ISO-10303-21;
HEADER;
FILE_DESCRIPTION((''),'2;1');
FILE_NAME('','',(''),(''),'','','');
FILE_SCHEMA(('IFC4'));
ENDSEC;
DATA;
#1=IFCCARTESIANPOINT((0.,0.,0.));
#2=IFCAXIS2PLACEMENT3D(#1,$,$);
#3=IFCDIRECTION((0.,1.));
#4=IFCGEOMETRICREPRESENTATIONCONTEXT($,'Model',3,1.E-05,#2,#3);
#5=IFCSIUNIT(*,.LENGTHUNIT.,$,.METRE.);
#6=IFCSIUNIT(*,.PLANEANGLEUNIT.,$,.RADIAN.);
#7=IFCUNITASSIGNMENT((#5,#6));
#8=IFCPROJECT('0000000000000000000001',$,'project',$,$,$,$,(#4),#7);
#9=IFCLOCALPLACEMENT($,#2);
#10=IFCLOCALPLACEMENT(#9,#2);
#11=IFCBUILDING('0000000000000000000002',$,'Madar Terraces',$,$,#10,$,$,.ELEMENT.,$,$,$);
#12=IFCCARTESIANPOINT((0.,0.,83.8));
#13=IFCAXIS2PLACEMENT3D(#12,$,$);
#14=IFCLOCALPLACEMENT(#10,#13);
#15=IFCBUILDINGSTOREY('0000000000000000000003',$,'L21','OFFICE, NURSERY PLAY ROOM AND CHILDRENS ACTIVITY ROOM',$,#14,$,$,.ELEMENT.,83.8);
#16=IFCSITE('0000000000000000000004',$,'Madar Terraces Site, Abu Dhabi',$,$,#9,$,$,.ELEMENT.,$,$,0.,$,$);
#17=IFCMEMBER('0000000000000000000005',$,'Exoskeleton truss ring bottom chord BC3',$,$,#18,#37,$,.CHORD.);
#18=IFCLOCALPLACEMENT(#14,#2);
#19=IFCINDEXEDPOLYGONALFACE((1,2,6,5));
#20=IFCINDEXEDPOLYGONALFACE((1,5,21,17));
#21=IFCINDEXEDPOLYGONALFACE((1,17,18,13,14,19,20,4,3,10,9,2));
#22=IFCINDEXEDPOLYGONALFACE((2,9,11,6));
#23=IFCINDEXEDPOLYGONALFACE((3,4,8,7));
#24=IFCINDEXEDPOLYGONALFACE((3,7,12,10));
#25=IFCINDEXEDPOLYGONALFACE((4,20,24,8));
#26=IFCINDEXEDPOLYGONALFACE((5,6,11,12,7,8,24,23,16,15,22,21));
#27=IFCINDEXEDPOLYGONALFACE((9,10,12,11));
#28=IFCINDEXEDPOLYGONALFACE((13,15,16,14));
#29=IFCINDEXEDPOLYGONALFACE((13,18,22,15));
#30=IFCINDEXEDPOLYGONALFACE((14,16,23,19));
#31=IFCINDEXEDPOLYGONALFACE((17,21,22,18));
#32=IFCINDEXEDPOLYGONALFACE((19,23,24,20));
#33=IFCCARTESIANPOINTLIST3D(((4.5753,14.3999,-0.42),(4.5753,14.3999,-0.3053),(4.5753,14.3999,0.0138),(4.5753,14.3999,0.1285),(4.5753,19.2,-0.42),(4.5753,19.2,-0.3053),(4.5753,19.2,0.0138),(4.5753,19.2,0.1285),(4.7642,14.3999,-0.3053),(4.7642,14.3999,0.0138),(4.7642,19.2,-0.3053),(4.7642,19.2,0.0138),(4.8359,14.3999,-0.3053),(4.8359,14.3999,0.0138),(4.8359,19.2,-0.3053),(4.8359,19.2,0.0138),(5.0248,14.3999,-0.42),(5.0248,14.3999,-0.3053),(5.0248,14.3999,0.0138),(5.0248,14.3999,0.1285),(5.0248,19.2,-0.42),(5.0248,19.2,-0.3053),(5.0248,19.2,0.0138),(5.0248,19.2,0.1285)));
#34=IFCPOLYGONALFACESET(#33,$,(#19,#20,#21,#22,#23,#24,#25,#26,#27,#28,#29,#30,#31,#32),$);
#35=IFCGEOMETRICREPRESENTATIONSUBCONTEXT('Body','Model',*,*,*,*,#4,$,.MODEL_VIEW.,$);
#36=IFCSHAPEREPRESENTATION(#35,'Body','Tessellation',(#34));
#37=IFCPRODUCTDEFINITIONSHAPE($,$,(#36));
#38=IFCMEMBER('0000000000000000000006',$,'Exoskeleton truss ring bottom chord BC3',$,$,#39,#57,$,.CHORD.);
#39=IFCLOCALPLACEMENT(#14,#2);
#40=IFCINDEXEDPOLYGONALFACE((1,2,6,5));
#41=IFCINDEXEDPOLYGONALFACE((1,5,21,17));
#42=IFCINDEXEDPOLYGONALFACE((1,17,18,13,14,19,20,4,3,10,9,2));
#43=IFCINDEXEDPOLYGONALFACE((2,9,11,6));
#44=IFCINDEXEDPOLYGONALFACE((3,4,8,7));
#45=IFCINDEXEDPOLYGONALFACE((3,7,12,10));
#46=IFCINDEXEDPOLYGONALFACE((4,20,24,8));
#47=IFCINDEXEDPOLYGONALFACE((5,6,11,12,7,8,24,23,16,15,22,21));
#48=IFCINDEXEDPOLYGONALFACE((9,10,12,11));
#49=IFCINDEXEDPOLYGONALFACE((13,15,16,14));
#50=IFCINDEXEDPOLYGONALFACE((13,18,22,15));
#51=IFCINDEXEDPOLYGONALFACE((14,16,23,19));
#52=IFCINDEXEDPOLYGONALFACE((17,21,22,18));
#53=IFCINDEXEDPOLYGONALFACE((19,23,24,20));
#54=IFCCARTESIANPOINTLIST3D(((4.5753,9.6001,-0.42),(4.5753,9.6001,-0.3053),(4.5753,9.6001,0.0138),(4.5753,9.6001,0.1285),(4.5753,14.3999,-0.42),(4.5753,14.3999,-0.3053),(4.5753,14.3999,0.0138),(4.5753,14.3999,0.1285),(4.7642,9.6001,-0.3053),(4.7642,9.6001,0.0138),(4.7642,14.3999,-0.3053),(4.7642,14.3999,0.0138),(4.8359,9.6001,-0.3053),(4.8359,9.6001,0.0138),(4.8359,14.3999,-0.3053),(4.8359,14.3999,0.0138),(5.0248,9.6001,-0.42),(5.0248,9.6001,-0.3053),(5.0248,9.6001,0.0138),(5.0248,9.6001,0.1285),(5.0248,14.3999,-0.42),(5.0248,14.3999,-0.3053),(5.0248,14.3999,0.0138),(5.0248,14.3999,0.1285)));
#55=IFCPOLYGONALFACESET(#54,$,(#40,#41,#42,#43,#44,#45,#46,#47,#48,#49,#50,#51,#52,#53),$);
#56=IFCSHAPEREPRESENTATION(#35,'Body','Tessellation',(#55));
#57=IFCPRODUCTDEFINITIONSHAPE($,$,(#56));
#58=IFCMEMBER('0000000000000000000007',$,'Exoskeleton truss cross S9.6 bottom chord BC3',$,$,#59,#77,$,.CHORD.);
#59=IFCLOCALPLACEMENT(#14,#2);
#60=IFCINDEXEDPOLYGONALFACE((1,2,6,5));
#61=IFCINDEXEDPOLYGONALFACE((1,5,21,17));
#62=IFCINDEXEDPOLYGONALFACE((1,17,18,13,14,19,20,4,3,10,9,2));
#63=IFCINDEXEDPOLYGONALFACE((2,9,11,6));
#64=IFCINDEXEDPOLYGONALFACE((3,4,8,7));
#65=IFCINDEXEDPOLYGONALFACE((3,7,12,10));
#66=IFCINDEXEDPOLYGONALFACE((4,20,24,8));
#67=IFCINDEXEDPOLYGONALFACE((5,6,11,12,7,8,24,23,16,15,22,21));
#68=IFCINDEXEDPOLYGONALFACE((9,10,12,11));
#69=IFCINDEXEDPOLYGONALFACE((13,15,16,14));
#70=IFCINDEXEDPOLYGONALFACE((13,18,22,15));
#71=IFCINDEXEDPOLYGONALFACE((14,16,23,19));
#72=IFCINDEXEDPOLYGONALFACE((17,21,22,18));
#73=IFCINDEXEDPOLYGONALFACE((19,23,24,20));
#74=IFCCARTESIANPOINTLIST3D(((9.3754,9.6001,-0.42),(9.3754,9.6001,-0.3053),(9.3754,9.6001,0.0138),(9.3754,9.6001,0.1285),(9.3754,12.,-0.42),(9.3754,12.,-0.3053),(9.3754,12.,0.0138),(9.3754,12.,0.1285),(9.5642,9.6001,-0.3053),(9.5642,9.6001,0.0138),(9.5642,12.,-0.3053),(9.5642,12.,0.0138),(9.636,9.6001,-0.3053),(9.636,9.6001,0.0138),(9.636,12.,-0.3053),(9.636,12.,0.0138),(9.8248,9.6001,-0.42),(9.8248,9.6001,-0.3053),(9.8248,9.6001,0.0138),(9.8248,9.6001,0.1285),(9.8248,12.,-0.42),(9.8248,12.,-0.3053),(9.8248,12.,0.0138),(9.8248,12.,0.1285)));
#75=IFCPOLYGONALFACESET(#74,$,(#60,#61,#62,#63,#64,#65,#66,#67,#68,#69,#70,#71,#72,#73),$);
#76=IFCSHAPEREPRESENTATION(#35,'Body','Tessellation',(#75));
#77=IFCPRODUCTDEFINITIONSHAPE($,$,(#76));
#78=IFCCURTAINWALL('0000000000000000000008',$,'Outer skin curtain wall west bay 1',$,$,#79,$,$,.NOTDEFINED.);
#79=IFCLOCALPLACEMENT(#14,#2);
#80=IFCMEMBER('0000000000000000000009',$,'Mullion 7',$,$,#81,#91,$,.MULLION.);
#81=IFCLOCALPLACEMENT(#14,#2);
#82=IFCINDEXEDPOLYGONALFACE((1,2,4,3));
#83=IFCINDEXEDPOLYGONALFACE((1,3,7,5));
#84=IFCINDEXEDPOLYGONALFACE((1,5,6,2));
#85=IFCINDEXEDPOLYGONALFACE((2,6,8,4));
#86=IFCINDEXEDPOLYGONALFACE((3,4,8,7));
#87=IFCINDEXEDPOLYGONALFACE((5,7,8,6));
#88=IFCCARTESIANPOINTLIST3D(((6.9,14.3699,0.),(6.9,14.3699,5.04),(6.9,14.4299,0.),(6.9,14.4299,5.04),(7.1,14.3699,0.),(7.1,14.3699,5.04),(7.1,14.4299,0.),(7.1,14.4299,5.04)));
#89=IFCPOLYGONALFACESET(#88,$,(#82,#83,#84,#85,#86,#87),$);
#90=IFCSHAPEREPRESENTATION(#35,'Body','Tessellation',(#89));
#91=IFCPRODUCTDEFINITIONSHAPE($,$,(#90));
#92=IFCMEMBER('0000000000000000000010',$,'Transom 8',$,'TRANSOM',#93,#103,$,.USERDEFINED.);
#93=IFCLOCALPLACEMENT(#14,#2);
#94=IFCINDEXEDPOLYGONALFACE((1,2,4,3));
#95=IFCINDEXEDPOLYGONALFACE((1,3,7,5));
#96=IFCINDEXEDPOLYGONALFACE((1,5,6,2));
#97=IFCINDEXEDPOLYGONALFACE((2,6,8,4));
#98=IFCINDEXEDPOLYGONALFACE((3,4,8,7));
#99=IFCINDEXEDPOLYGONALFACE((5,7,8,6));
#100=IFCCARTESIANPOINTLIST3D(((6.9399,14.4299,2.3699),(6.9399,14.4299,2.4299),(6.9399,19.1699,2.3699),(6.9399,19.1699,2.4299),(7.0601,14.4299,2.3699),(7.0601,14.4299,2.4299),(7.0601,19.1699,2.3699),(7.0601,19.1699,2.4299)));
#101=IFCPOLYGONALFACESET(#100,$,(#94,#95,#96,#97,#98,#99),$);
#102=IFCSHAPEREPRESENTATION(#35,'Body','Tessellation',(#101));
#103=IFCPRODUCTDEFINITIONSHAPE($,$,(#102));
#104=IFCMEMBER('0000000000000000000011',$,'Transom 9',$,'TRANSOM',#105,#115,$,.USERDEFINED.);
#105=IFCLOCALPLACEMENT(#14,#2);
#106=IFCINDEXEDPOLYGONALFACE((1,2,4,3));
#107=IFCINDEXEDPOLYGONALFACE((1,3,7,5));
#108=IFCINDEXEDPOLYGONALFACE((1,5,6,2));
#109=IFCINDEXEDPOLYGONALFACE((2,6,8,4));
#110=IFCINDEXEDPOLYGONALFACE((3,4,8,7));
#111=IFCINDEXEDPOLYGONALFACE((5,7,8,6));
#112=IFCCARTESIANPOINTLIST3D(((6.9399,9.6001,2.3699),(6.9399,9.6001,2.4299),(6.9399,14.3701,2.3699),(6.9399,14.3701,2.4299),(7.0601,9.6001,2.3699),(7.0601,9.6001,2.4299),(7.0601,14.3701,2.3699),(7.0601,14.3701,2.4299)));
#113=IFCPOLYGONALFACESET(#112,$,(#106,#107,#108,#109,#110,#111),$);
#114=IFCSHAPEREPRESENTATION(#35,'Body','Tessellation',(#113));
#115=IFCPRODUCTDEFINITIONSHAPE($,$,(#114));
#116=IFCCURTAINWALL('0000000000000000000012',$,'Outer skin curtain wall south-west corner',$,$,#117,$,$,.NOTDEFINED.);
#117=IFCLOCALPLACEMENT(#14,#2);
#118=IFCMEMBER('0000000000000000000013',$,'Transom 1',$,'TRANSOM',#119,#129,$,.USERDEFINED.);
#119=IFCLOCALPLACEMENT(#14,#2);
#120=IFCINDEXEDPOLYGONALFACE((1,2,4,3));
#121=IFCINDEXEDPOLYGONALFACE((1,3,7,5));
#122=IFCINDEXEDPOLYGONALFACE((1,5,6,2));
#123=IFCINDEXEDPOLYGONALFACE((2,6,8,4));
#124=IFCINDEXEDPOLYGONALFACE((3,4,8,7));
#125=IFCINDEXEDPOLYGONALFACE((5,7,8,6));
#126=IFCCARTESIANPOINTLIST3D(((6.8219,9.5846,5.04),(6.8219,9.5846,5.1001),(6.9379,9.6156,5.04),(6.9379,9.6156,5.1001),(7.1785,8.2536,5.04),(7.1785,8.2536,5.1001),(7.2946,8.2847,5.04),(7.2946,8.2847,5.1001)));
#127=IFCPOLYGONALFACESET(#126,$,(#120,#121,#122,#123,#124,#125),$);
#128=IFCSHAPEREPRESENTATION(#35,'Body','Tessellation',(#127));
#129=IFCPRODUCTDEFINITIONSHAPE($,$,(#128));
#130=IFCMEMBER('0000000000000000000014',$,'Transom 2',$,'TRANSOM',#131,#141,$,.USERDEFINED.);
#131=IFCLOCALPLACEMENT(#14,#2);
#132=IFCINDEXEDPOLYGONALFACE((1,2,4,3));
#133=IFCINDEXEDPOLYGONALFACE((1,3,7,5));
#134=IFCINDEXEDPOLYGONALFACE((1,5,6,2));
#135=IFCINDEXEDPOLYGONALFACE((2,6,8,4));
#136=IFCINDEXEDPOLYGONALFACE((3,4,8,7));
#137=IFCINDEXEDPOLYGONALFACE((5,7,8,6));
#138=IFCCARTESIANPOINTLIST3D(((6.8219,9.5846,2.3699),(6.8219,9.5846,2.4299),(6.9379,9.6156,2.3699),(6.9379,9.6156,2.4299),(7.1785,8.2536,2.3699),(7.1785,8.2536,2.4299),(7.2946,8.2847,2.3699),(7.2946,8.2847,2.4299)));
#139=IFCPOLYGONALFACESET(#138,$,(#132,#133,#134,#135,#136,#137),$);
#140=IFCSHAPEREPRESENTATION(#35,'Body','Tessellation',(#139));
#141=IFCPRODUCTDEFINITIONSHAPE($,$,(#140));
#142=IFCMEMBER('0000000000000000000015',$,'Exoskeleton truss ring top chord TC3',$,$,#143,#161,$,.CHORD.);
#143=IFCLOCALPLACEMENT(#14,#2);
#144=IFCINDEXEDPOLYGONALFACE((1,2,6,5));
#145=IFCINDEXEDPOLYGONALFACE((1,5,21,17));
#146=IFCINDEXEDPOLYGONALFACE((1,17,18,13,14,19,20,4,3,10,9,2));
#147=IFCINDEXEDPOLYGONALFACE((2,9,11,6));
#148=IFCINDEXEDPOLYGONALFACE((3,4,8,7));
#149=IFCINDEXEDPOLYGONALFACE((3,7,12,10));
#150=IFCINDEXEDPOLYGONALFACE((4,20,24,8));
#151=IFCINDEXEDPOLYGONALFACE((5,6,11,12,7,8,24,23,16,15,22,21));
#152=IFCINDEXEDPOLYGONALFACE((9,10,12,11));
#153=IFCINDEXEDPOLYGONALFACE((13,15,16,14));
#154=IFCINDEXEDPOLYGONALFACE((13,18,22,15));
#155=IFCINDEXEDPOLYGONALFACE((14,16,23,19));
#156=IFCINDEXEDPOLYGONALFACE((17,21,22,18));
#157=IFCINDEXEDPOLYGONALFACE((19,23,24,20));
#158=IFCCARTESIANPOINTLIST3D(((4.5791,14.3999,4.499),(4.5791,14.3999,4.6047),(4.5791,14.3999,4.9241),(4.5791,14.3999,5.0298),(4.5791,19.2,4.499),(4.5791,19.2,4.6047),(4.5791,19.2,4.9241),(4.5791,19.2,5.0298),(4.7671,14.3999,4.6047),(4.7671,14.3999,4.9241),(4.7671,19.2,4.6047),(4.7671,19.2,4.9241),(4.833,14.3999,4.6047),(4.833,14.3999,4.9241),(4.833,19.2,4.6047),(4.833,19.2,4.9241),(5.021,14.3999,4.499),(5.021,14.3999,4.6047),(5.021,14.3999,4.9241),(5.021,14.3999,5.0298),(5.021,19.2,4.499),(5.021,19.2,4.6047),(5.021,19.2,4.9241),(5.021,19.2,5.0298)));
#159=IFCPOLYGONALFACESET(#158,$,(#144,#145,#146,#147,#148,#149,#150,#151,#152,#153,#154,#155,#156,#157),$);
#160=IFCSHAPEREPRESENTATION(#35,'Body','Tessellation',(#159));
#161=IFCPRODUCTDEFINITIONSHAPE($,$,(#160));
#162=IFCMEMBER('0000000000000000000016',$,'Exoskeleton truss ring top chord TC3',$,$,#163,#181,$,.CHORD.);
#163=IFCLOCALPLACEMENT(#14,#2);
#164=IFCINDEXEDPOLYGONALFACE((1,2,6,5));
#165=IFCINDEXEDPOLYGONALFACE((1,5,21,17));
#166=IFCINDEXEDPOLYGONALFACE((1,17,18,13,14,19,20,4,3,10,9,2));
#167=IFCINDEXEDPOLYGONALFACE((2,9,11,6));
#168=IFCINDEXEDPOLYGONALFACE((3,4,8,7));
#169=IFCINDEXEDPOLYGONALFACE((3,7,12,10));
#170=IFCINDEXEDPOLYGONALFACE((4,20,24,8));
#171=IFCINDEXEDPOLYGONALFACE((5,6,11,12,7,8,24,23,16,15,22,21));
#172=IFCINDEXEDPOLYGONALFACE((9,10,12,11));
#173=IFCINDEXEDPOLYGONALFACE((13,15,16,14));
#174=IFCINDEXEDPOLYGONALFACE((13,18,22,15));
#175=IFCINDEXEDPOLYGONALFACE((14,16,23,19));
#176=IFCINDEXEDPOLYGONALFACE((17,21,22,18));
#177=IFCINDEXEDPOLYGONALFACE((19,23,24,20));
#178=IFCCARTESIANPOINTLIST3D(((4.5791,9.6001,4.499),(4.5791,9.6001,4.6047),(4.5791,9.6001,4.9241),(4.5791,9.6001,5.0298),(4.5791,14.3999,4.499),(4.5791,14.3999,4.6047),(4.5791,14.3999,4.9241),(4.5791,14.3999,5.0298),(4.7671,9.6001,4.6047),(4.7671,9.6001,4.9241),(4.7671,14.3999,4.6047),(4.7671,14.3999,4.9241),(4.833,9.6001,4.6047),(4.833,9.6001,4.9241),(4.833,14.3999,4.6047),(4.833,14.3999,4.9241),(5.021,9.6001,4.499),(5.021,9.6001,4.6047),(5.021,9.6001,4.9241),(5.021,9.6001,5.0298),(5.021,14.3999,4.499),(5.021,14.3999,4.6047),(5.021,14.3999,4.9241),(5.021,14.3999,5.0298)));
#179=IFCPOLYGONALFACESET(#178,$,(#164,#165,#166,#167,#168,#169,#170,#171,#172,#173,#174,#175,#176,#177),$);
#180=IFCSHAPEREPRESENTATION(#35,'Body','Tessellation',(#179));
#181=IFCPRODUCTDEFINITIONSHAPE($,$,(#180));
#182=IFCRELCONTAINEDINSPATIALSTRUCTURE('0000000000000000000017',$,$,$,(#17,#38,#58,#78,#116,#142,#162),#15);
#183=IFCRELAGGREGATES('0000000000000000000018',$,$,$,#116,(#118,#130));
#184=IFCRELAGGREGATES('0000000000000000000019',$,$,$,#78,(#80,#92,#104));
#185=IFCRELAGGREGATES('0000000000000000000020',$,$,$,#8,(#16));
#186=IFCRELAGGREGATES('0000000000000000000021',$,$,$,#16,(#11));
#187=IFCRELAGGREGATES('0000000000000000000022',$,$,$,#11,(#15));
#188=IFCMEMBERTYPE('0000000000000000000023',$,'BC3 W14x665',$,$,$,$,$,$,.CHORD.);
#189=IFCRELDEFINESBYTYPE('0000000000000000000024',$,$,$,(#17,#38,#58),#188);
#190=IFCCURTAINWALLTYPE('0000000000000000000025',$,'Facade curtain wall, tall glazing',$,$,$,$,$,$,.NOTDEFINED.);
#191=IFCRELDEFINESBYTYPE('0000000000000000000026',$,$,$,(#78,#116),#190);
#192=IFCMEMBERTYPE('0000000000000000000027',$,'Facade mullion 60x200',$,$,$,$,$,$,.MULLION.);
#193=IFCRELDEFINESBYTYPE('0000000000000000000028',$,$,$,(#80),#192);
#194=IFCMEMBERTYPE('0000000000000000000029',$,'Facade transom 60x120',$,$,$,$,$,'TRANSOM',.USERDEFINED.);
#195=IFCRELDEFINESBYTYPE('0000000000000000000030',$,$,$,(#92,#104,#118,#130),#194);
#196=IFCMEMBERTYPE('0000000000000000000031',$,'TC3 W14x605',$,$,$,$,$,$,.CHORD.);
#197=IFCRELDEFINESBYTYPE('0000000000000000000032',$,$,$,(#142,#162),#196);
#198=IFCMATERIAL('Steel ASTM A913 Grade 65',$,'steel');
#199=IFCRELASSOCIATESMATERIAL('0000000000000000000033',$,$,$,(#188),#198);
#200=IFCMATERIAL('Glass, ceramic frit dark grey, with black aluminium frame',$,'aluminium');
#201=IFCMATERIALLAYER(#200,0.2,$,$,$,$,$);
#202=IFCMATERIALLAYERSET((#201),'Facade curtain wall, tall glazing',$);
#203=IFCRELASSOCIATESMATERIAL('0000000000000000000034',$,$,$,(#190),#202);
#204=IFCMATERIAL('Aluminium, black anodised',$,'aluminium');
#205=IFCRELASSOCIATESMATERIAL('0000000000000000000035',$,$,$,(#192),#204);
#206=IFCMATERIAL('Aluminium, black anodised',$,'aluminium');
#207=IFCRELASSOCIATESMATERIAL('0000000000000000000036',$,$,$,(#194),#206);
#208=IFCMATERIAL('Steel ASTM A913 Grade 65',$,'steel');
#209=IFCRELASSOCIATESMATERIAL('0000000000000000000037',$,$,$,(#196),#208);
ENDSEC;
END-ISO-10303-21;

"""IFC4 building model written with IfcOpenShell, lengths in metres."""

from ifc_helpers import new_model, si_unit, direction, frame, origin, origin_2d, place, context, subcontext, project, spatial, rectangle, i_section, extrude, material, layer, layer_set, material_profile, profile_set, type_object, element, aggregate, save


model = new_model("IFC4")

# Units and contexts
model_context = context("Model", 3, precision=1e-05, world=origin(), true_north=direction((0.0, 1.0)))
body_context = subcontext(model_context, "Body", "Model", "MODEL_VIEW")
ifc_project = project(units=[si_unit("LENGTHUNIT", "METRE"), si_unit("PLANEANGLEUNIT", "RADIAN")], contexts=[model_context])

# Site, building, storey
site_placement = place(None, origin())
site = spatial("IfcSite", under=ifc_project, at=site_placement, Name="Madar Terraces Site, Abu Dhabi", CompositionType="ELEMENT", RefElevation=0.0)
building_placement = place(site_placement, origin())
building = spatial("IfcBuilding", under=site, at=building_placement, Name="Madar Terraces", CompositionType="ELEMENT")
storey_placement = place(building_placement, frame((0.0, 0.0, 83.8)))
storey = spatial("IfcBuildingStorey", under=building, at=storey_placement, Name="L21", Description="OFFICE, NURSERY PLAY ROOM AND CHILDRENS ACTIVITY ROOM", CompositionType="ELEMENT", Elevation=83.8)

# Members
ifc_material_1 = material(Name="Steel ASTM A913 Grade 65", Category="steel")
ifc_material_profile_1 = material_profile(ifc_material_1, i_section(OverallWidth=0.4495, OverallDepth=0.5486, WebThickness=0.0718, FlangeThickness=0.1147, at=origin_2d()), Name="W14x665")
ifc_profile_set_1 = profile_set([ifc_material_profile_1], Name="Steel ASTM A913 Grade 65")
member_type_1 = type_object("IfcMemberType", Name="BC3 W14x665", PredefinedType="CHORD", material=ifc_profile_set_1)
member_1_placement = place(storey_placement, frame((4.8, 19.2, -0.1458), z_axis=(0.0, -1.0, 0.0), x_axis=(1.0, 0.0, 0.0)))
element("IfcMember", 1, at=member_1_placement, inside=storey, type_object=member_type_1, Name="Exoskeleton truss ring bottom chord BC3", PredefinedType="CHORD", context=body_context, shape_type="SweptSolid", body=[
    extrude(i_section(OverallWidth=0.4495, OverallDepth=0.5486, WebThickness=0.0718, FlangeThickness=0.1147, at=origin_2d()), origin(), (0.0, 0.0, 1.0), 4.8),
])
member_2_placement = place(storey_placement, frame((4.8, 14.3999, -0.1458), z_axis=(0.0, -1.0, 0.0), x_axis=(1.0, 0.0, 0.0)))
element("IfcMember", 2, at=member_2_placement, inside=storey, type_object=member_type_1, Name="Exoskeleton truss ring bottom chord BC3", PredefinedType="CHORD", context=body_context, shape_type="SweptSolid", body=[
    extrude(i_section(OverallWidth=0.4495, OverallDepth=0.5486, WebThickness=0.0718, FlangeThickness=0.1147, at=origin_2d()), origin(), (0.0, 0.0, 1.0), 4.7998),
])
member_3_placement = place(storey_placement, frame((9.6001, 9.6001, -0.1458), z_axis=(0.0, 1.0, 0.0), x_axis=(-1.0, 0.0, 0.0)))
element("IfcMember", 3, at=member_3_placement, inside=storey, type_object=member_type_1, Name="Exoskeleton truss cross S9.6 bottom chord BC3", PredefinedType="CHORD", context=body_context, shape_type="SweptSolid", body=[
    extrude(i_section(OverallWidth=0.4495, OverallDepth=0.5486, WebThickness=0.0718, FlangeThickness=0.1147, at=origin_2d()), origin(), (0.0, 0.0, 1.0), 2.3999),
])

# Curtain walls, members
ifc_material_2 = material(Name="Glass, ceramic frit dark grey, with black aluminium frame", Category="aluminium")
ifc_layer_1 = layer(ifc_material_2, 0.2)
ifc_layer_set_1 = layer_set([ifc_layer_1], Name="Facade curtain wall, tall glazing")
curtain_wall_type = type_object("IfcCurtainWallType", Name="Facade curtain wall, tall glazing", PredefinedType="NOTDEFINED", material=ifc_layer_set_1)
curtain_wall_1_placement = place(storey_placement, origin())
curtain_wall_1 = element("IfcCurtainWall", 4, at=curtain_wall_1_placement, inside=storey, type_object=curtain_wall_type, Name="Outer skin curtain wall west bay 1", PredefinedType="NOTDEFINED")
ifc_material_3 = material(Name="Aluminium, black anodised", Category="aluminium")
ifc_material_profile_2 = material_profile(ifc_material_3, rectangle(XDim=0.2, YDim=0.0601, at=origin_2d()), Name="Facade mullion 60x200")
ifc_profile_set_2 = profile_set([ifc_material_profile_2], Name="Aluminium, black anodised")
member_type_2 = type_object("IfcMemberType", Name="Facade mullion 60x200", PredefinedType="MULLION", material=ifc_profile_set_2)
member_4_placement = place(storey_placement, frame((7.0, 14.3999, 0.0), z_axis=(0.0, 0.0, 1.0), x_axis=(1.0, 0.0, 0.0)))
member_4 = element("IfcMember", 5, at=member_4_placement, type_object=member_type_2, Name="Mullion 7", PredefinedType="MULLION", context=body_context, shape_type="SweptSolid", body=[
    extrude(rectangle(XDim=0.2, YDim=0.0601, at=origin_2d()), origin(), (0.0, 0.0, 1.0), 5.04),
])
ifc_material_4 = material(Name="Aluminium, black anodised", Category="aluminium")
ifc_material_profile_3 = material_profile(ifc_material_4, rectangle(XDim=0.1201, YDim=0.0601, at=origin_2d()), Name="Facade transom 60x120")
ifc_profile_set_3 = profile_set([ifc_material_profile_3], Name="Aluminium, black anodised")
member_type_3 = type_object("IfcMemberType", Name="Facade transom 60x120", ElementType="TRANSOM", PredefinedType="USERDEFINED", material=ifc_profile_set_3)
member_5_placement = place(storey_placement, frame((7.0, 19.1699, 2.3999), z_axis=(0.0, -1.0, 0.0), x_axis=(1.0, 0.0, 0.0)))
member_5 = element("IfcMember", 6, at=member_5_placement, type_object=member_type_3, Name="Transom 8", ObjectType="TRANSOM", PredefinedType="USERDEFINED", context=body_context, shape_type="SweptSolid", body=[
    extrude(rectangle(XDim=0.1201, YDim=0.0601, at=origin_2d()), origin(), (0.0, 0.0, 1.0), 4.74),
])
member_6_placement = place(storey_placement, frame((7.0, 14.3701, 2.3999), z_axis=(0.0, -1.0, 0.0), x_axis=(1.0, 0.0, 0.0)))
member_6 = element("IfcMember", 7, at=member_6_placement, type_object=member_type_3, Name="Transom 9", ObjectType="TRANSOM", PredefinedType="USERDEFINED", context=body_context, shape_type="SweptSolid", body=[
    extrude(rectangle(XDim=0.1201, YDim=0.0601, at=origin_2d()), origin(), (0.0, 0.0, 1.0), 4.77),
])
curtain_wall_2_placement = place(storey_placement, origin())
curtain_wall_2 = element("IfcCurtainWall", 8, at=curtain_wall_2_placement, inside=storey, type_object=curtain_wall_type, Name="Outer skin curtain wall south-west corner", PredefinedType="NOTDEFINED")
member_7_placement = place(storey_placement, frame((6.8799, 9.6001, 5.0701), z_axis=(0.258842, -0.96592, 0.0), x_axis=(0.96592, 0.258842, 0.0)))
member_7 = element("IfcMember", 9, at=member_7_placement, type_object=member_type_3, Name="Transom 1", ObjectType="TRANSOM", PredefinedType="USERDEFINED", context=body_context, shape_type="SweptSolid", body=[
    extrude(rectangle(XDim=0.1201, YDim=0.0601, at=origin_2d()), origin(), (0.0, 0.0, 1.0), 1.3779),
])
member_8_placement = place(storey_placement, frame((6.8799, 9.6001, 2.3999), z_axis=(0.258842, -0.96592, 0.0), x_axis=(0.96592, 0.258842, 0.0)))
member_8 = element("IfcMember", 10, at=member_8_placement, type_object=member_type_3, Name="Transom 2", ObjectType="TRANSOM", PredefinedType="USERDEFINED", context=body_context, shape_type="SweptSolid", body=[
    extrude(rectangle(XDim=0.1201, YDim=0.0601, at=origin_2d()), origin(), (0.0, 0.0, 1.0), 1.3779),
])
aggregate(curtain_wall_2, [member_7, member_8])

# Members
ifc_material_5 = material(Name="Steel ASTM A913 Grade 65", Category="steel")
ifc_material_profile_4 = material_profile(ifc_material_5, i_section(OverallWidth=0.4419, OverallDepth=0.5308, WebThickness=0.0659, FlangeThickness=0.1057, at=origin_2d()), Name="W14x605")
ifc_profile_set_4 = profile_set([ifc_material_profile_4], Name="Steel ASTM A913 Grade 65")
member_type_4 = type_object("IfcMemberType", Name="TC3 W14x605", PredefinedType="CHORD", material=ifc_profile_set_4)
member_9_placement = place(storey_placement, frame((4.8, 19.2, 4.7644), z_axis=(0.0, -1.0, 0.0), x_axis=(1.0, 0.0, 0.0)))
element("IfcMember", 11, at=member_9_placement, inside=storey, type_object=member_type_4, Name="Exoskeleton truss ring top chord TC3", PredefinedType="CHORD", context=body_context, shape_type="SweptSolid", body=[
    extrude(i_section(OverallWidth=0.4419, OverallDepth=0.5308, WebThickness=0.0659, FlangeThickness=0.1057, at=origin_2d()), origin(), (0.0, 0.0, 1.0), 4.8),
])
member_10_placement = place(storey_placement, frame((4.8, 14.3999, 4.7644), z_axis=(0.0, -1.0, 0.0), x_axis=(1.0, 0.0, 0.0)))
element("IfcMember", 12, at=member_10_placement, inside=storey, type_object=member_type_4, Name="Exoskeleton truss ring top chord TC3", PredefinedType="CHORD", context=body_context, shape_type="SweptSolid", body=[
    extrude(i_section(OverallWidth=0.4419, OverallDepth=0.5308, WebThickness=0.0659, FlangeThickness=0.1057, at=origin_2d()), origin(), (0.0, 0.0, 1.0), 4.7998),
])

aggregate(curtain_wall_1, [member_4, member_5, member_6])

save(model, "model.ifc")
